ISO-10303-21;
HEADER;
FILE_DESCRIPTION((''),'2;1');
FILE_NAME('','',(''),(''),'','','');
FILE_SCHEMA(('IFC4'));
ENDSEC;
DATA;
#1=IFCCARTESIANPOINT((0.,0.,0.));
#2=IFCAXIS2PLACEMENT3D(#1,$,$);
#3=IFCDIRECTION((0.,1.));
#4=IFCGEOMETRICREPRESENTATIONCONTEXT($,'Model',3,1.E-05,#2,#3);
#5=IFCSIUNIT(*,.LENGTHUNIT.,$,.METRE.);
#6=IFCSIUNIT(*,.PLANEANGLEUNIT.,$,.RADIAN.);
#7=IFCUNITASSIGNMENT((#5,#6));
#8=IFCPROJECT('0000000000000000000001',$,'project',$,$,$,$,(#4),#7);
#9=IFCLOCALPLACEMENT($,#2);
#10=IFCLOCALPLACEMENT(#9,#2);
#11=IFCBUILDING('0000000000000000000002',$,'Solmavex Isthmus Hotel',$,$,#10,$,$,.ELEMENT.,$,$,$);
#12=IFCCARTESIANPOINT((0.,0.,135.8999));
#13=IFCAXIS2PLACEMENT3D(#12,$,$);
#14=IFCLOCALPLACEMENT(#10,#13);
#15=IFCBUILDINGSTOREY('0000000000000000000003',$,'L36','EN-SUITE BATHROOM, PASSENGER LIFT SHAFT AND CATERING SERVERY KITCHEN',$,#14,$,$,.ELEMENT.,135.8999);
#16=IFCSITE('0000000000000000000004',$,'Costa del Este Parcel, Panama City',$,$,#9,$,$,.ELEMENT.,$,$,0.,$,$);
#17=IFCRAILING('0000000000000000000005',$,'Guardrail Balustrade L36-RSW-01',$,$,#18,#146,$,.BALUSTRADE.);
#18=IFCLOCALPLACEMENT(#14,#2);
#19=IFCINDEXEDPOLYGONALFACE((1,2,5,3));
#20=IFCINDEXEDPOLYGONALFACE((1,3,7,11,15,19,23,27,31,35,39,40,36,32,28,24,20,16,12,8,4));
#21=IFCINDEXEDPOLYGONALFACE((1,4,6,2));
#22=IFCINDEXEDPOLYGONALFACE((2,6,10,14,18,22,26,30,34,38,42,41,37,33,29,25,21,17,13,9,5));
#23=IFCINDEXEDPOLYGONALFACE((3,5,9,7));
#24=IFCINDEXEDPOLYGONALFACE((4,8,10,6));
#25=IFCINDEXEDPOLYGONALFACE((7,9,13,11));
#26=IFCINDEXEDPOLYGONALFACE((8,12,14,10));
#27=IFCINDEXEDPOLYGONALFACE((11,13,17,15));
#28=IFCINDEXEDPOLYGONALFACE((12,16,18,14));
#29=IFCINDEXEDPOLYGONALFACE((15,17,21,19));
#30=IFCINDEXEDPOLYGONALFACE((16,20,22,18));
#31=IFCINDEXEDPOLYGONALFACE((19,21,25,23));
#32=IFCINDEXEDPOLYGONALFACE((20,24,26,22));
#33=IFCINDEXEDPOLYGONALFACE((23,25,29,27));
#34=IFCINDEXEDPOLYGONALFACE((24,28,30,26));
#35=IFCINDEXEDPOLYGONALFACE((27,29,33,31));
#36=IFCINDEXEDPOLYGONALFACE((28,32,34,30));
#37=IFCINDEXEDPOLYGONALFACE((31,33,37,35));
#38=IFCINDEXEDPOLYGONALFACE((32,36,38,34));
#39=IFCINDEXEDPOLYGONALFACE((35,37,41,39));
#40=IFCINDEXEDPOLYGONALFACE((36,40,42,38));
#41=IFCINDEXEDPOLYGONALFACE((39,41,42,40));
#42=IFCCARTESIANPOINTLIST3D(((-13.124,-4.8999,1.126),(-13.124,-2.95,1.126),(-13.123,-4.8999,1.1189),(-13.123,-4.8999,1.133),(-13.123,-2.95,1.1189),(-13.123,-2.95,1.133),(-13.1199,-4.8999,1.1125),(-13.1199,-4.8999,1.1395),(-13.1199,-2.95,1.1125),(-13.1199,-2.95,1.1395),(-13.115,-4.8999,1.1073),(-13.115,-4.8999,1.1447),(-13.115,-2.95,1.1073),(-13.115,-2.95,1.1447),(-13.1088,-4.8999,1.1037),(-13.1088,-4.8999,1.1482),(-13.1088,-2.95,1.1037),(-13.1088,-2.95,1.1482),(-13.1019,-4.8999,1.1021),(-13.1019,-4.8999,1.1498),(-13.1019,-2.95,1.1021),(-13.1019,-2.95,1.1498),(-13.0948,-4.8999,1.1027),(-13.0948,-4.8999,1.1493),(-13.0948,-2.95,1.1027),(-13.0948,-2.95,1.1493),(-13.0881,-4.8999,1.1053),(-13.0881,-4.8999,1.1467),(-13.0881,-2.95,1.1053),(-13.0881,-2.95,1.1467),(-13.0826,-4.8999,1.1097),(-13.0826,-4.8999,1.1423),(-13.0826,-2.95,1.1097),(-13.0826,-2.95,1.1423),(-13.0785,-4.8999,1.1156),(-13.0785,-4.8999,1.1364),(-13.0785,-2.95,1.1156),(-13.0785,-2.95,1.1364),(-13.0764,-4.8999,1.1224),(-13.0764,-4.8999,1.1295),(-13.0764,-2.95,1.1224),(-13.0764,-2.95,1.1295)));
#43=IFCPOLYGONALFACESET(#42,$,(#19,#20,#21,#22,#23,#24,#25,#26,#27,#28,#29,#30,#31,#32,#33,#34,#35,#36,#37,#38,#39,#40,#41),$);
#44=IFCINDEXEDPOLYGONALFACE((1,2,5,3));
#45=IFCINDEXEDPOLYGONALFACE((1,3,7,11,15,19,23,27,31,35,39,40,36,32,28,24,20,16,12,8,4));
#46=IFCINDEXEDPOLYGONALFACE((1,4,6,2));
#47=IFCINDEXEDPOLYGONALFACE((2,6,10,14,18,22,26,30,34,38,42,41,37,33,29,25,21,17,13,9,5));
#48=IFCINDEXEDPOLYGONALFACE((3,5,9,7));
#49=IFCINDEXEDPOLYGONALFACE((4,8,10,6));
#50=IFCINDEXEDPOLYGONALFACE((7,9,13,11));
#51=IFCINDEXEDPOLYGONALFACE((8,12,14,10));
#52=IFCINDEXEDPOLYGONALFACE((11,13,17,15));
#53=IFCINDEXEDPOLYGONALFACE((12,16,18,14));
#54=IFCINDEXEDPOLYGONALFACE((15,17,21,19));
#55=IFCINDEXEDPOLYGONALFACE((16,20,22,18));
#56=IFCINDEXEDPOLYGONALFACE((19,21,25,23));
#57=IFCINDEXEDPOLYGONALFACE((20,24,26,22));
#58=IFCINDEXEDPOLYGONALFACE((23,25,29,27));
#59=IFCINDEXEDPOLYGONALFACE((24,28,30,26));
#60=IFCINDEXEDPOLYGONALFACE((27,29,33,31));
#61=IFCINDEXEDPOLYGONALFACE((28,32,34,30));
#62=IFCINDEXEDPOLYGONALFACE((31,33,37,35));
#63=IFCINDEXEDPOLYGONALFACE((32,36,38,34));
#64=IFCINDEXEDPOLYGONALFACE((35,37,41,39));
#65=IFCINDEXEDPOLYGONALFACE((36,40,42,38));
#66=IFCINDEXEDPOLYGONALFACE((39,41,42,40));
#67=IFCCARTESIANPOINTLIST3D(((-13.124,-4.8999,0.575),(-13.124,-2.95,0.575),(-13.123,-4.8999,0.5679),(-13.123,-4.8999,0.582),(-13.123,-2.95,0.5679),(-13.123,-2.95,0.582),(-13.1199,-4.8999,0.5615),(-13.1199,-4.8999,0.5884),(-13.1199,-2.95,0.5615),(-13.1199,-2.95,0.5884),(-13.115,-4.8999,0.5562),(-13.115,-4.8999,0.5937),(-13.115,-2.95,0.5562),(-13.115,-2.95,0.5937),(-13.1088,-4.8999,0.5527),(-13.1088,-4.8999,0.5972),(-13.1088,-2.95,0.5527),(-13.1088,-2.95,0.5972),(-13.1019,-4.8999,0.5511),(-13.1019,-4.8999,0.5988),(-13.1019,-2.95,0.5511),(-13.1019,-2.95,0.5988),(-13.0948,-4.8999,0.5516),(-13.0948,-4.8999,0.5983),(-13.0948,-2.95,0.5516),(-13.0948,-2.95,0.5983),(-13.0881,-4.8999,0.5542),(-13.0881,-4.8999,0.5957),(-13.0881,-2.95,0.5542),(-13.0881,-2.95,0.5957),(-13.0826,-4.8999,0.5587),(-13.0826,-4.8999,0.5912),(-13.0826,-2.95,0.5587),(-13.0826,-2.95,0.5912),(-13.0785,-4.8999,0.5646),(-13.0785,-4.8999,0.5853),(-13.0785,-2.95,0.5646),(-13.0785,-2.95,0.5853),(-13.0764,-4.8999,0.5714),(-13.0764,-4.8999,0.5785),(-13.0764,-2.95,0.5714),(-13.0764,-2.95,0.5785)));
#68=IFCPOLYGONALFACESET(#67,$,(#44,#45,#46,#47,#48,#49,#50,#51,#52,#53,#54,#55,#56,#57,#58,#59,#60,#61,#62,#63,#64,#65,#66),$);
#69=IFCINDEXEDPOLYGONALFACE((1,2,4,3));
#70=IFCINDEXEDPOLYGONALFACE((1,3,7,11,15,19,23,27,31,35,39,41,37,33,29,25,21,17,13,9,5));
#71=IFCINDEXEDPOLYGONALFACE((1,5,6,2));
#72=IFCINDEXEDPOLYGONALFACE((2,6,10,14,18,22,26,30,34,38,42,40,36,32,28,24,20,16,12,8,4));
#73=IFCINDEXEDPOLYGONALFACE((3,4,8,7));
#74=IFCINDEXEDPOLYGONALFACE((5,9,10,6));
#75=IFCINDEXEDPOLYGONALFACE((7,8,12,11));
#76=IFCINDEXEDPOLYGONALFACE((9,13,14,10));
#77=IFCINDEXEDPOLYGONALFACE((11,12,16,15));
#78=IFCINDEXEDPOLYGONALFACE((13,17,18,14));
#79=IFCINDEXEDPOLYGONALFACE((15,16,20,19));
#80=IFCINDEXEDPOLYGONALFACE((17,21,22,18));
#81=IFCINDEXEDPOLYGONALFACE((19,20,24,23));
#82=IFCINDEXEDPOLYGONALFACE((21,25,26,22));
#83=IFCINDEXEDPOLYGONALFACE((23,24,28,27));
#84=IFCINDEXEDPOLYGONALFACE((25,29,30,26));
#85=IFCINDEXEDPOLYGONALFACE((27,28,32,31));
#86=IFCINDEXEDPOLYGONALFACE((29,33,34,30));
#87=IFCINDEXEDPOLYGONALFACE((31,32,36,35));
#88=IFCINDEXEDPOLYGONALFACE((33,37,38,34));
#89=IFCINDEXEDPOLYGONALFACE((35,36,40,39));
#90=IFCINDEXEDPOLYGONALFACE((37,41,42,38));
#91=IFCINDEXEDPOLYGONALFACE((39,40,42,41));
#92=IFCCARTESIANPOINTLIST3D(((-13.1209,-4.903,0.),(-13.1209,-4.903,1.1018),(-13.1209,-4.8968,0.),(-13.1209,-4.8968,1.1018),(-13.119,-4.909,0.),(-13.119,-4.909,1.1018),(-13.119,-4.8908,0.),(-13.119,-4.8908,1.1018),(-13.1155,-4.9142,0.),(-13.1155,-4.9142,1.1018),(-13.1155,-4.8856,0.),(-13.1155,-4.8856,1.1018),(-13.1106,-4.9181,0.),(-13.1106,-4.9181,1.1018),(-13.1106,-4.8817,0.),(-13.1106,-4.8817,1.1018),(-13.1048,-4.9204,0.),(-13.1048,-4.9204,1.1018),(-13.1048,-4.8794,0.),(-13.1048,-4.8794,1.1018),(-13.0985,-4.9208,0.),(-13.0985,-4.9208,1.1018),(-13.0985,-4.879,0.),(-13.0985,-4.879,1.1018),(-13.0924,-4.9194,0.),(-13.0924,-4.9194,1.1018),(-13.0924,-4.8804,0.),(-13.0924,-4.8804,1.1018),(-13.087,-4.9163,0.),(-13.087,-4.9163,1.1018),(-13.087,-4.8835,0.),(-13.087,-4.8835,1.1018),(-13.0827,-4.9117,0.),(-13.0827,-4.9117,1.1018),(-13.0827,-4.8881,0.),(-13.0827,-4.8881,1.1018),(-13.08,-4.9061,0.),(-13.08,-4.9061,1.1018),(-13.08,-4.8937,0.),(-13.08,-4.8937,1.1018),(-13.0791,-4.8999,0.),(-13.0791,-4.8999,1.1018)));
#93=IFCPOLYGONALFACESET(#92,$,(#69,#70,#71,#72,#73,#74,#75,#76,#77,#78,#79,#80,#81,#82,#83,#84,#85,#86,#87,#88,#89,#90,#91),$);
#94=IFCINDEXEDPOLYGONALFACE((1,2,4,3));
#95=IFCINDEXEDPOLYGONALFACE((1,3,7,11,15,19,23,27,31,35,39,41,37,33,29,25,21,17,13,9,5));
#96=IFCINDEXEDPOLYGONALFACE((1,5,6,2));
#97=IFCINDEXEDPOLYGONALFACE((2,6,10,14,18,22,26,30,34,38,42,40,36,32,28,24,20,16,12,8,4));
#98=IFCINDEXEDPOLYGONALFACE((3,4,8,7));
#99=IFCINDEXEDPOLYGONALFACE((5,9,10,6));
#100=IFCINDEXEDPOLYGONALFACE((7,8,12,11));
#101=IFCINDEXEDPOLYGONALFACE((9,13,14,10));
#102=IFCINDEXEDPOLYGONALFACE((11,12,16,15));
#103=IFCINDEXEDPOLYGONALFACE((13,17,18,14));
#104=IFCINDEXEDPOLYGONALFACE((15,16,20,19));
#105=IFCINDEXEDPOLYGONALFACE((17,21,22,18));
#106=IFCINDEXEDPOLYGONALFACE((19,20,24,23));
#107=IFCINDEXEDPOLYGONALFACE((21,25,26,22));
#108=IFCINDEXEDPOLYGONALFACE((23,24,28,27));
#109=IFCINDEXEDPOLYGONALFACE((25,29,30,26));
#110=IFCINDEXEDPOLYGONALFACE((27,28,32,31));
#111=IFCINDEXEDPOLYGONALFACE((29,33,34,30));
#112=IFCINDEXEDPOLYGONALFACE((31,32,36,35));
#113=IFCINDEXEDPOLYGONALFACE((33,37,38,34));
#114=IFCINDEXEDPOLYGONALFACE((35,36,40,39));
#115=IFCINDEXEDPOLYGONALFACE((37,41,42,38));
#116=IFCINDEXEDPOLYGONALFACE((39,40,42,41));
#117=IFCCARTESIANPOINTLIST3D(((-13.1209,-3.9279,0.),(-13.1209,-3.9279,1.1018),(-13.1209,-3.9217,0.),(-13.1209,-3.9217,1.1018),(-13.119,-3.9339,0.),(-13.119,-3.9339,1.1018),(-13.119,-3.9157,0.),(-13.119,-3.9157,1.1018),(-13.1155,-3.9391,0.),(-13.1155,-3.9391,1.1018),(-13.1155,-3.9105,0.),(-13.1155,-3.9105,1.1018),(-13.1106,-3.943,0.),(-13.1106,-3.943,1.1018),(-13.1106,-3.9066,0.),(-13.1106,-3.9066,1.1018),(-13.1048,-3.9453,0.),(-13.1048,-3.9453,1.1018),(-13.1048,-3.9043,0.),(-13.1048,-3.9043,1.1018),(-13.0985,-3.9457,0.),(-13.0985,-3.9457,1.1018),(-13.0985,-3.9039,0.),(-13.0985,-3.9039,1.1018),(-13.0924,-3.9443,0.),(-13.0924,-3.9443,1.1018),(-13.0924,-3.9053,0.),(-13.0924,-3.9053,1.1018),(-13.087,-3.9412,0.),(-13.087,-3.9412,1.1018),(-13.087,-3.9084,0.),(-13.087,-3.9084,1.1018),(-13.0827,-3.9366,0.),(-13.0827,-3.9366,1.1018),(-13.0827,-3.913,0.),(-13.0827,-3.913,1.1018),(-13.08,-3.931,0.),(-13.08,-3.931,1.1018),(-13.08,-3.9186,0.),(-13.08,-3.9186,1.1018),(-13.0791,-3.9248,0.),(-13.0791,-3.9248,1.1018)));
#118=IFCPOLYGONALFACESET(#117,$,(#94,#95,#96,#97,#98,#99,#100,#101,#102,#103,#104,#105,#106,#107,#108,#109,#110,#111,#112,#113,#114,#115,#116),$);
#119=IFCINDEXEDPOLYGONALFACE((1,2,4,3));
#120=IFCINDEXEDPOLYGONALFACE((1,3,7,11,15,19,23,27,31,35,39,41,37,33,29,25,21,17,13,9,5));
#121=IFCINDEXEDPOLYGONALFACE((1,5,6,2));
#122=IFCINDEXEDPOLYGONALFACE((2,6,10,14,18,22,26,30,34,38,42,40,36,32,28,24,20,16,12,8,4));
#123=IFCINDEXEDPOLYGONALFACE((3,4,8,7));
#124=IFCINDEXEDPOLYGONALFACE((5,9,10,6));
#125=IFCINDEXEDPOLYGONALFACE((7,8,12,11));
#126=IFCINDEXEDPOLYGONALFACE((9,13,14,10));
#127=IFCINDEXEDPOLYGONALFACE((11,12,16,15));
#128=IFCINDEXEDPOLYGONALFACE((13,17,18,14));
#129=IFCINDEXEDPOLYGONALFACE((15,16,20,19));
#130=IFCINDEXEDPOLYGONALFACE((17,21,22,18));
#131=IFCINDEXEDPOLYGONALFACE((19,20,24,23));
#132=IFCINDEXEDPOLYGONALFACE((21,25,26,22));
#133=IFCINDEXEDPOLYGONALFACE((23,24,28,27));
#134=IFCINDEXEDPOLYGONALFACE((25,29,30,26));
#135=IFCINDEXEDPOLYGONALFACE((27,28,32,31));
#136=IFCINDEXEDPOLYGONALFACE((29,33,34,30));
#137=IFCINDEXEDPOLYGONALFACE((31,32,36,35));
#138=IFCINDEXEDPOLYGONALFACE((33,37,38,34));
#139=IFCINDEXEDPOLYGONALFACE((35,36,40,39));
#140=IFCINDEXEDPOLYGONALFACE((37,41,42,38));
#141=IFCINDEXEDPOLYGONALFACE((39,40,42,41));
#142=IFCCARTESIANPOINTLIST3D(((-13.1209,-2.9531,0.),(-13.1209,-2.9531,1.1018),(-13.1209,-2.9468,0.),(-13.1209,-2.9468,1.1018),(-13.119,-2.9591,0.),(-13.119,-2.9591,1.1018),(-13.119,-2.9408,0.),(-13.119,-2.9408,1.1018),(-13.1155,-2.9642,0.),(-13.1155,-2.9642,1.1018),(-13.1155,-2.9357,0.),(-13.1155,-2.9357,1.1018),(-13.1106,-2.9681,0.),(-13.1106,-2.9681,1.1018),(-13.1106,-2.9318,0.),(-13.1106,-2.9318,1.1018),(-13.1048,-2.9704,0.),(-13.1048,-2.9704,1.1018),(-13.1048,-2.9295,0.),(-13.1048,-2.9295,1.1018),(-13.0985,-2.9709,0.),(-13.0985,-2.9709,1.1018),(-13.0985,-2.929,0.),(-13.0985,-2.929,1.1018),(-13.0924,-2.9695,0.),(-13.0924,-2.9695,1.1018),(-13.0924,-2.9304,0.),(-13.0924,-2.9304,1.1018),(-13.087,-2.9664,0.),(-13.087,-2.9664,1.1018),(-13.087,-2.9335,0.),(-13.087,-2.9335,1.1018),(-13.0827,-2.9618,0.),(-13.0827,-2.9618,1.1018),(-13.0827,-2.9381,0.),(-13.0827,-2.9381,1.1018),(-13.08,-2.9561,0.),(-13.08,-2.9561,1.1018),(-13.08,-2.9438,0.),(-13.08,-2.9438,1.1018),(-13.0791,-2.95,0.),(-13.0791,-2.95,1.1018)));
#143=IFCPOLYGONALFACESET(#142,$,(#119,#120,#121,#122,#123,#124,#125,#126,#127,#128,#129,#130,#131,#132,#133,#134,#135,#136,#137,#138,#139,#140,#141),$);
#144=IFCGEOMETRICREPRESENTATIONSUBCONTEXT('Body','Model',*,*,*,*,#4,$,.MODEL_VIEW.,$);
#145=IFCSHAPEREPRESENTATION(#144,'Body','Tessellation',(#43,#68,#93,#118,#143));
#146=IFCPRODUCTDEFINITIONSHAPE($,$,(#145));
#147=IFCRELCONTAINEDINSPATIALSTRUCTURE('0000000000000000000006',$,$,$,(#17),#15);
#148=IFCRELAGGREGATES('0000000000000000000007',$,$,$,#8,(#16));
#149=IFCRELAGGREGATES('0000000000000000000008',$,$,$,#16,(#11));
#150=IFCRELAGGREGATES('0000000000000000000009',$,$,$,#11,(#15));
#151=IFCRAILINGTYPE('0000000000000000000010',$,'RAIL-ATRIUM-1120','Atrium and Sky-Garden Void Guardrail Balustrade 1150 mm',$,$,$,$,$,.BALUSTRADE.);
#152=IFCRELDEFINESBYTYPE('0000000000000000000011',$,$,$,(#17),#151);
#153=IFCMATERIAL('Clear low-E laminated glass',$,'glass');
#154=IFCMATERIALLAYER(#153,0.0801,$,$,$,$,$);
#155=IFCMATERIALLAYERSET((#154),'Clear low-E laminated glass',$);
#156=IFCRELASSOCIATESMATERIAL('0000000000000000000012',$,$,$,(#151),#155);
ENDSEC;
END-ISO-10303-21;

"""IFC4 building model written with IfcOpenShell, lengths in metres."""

from ifc_helpers import new_model, si_unit, direction, frame, origin, origin_2d, place, context, subcontext, project, spatial, circle, extrude, material, layer, layer_set, type_object, element, save


model = new_model("IFC4")

# Units and contexts
model_context = context("Model", 3, precision=1e-05, world=origin(), true_north=direction((0.0, 1.0)))
body_context = subcontext(model_context, "Body", "Model", "MODEL_VIEW")
ifc_project = project(units=[si_unit("LENGTHUNIT", "METRE"), si_unit("PLANEANGLEUNIT", "RADIAN")], contexts=[model_context])

# Site, building, storey
site_placement = place(None, origin())
site = spatial("IfcSite", under=ifc_project, at=site_placement, Name="Costa del Este Parcel, Panama City", CompositionType="ELEMENT", RefElevation=0.0)
building_placement = place(site_placement, origin())
building = spatial("IfcBuilding", under=site, at=building_placement, Name="Solmavex Isthmus Hotel", CompositionType="ELEMENT")
storey_placement = place(building_placement, frame((0.0, 0.0, 135.8999)))
storey = spatial("IfcBuildingStorey", under=building, at=storey_placement, Name="L36", Description="EN-SUITE BATHROOM, PASSENGER LIFT SHAFT AND CATERING SERVERY KITCHEN", CompositionType="ELEMENT", Elevation=135.8999)

# Shared definitions
ifc_material_1 = material(Name="Clear low-E laminated glass", Category="glass")

# Railing
ifc_layer_1 = layer(ifc_material_1, 0.0801)
ifc_layer_set_1 = layer_set([ifc_layer_1], Name="Clear low-E laminated glass")
railing_type_1 = type_object("IfcRailingType", Name="RAIL-ATRIUM-1120", Description="Atrium and Sky-Garden Void Guardrail Balustrade 1150 mm", PredefinedType="BALUSTRADE", material=ifc_layer_set_1)
railing_1_placement = place(storey_placement, frame((-13.1001, -4.8999, 0.0)))
element("IfcRailing", 1, at=railing_1_placement, inside=storey, type_object=railing_type_1, Name="Guardrail Balustrade L36-RSW-01", PredefinedType="BALUSTRADE", context=body_context, shape_type="SweptSolid", body=[
    extrude(circle(Radius=0.0239, at=origin_2d()), frame((0.0, 0.0, 1.126), z_axis=(0.0, 1.0, 0.0), x_axis=(-1.0, 0.0, 0.0)), (0.0, 0.0, 1.0), 1.95),
    extrude(circle(Radius=0.0239, at=origin_2d()), frame((0.0, 0.0, 0.575), z_axis=(0.0, 1.0, 0.0), x_axis=(-1.0, 0.0, 0.0)), (0.0, 0.0, 1.0), 1.95),
    extrude(circle(Radius=0.021, at=origin_2d()), origin(), (0.0, 0.0, 1.0), 1.1018),
    extrude(circle(Radius=0.021, at=origin_2d()), frame((0.0, 0.9751, 0.0)), (0.0, 0.0, 1.0), 1.1018),
    extrude(circle(Radius=0.021, at=origin_2d()), frame((0.0, 1.95, 0.0)), (0.0, 0.0, 1.0), 1.1018),
])

save(model, "model.ifc")
